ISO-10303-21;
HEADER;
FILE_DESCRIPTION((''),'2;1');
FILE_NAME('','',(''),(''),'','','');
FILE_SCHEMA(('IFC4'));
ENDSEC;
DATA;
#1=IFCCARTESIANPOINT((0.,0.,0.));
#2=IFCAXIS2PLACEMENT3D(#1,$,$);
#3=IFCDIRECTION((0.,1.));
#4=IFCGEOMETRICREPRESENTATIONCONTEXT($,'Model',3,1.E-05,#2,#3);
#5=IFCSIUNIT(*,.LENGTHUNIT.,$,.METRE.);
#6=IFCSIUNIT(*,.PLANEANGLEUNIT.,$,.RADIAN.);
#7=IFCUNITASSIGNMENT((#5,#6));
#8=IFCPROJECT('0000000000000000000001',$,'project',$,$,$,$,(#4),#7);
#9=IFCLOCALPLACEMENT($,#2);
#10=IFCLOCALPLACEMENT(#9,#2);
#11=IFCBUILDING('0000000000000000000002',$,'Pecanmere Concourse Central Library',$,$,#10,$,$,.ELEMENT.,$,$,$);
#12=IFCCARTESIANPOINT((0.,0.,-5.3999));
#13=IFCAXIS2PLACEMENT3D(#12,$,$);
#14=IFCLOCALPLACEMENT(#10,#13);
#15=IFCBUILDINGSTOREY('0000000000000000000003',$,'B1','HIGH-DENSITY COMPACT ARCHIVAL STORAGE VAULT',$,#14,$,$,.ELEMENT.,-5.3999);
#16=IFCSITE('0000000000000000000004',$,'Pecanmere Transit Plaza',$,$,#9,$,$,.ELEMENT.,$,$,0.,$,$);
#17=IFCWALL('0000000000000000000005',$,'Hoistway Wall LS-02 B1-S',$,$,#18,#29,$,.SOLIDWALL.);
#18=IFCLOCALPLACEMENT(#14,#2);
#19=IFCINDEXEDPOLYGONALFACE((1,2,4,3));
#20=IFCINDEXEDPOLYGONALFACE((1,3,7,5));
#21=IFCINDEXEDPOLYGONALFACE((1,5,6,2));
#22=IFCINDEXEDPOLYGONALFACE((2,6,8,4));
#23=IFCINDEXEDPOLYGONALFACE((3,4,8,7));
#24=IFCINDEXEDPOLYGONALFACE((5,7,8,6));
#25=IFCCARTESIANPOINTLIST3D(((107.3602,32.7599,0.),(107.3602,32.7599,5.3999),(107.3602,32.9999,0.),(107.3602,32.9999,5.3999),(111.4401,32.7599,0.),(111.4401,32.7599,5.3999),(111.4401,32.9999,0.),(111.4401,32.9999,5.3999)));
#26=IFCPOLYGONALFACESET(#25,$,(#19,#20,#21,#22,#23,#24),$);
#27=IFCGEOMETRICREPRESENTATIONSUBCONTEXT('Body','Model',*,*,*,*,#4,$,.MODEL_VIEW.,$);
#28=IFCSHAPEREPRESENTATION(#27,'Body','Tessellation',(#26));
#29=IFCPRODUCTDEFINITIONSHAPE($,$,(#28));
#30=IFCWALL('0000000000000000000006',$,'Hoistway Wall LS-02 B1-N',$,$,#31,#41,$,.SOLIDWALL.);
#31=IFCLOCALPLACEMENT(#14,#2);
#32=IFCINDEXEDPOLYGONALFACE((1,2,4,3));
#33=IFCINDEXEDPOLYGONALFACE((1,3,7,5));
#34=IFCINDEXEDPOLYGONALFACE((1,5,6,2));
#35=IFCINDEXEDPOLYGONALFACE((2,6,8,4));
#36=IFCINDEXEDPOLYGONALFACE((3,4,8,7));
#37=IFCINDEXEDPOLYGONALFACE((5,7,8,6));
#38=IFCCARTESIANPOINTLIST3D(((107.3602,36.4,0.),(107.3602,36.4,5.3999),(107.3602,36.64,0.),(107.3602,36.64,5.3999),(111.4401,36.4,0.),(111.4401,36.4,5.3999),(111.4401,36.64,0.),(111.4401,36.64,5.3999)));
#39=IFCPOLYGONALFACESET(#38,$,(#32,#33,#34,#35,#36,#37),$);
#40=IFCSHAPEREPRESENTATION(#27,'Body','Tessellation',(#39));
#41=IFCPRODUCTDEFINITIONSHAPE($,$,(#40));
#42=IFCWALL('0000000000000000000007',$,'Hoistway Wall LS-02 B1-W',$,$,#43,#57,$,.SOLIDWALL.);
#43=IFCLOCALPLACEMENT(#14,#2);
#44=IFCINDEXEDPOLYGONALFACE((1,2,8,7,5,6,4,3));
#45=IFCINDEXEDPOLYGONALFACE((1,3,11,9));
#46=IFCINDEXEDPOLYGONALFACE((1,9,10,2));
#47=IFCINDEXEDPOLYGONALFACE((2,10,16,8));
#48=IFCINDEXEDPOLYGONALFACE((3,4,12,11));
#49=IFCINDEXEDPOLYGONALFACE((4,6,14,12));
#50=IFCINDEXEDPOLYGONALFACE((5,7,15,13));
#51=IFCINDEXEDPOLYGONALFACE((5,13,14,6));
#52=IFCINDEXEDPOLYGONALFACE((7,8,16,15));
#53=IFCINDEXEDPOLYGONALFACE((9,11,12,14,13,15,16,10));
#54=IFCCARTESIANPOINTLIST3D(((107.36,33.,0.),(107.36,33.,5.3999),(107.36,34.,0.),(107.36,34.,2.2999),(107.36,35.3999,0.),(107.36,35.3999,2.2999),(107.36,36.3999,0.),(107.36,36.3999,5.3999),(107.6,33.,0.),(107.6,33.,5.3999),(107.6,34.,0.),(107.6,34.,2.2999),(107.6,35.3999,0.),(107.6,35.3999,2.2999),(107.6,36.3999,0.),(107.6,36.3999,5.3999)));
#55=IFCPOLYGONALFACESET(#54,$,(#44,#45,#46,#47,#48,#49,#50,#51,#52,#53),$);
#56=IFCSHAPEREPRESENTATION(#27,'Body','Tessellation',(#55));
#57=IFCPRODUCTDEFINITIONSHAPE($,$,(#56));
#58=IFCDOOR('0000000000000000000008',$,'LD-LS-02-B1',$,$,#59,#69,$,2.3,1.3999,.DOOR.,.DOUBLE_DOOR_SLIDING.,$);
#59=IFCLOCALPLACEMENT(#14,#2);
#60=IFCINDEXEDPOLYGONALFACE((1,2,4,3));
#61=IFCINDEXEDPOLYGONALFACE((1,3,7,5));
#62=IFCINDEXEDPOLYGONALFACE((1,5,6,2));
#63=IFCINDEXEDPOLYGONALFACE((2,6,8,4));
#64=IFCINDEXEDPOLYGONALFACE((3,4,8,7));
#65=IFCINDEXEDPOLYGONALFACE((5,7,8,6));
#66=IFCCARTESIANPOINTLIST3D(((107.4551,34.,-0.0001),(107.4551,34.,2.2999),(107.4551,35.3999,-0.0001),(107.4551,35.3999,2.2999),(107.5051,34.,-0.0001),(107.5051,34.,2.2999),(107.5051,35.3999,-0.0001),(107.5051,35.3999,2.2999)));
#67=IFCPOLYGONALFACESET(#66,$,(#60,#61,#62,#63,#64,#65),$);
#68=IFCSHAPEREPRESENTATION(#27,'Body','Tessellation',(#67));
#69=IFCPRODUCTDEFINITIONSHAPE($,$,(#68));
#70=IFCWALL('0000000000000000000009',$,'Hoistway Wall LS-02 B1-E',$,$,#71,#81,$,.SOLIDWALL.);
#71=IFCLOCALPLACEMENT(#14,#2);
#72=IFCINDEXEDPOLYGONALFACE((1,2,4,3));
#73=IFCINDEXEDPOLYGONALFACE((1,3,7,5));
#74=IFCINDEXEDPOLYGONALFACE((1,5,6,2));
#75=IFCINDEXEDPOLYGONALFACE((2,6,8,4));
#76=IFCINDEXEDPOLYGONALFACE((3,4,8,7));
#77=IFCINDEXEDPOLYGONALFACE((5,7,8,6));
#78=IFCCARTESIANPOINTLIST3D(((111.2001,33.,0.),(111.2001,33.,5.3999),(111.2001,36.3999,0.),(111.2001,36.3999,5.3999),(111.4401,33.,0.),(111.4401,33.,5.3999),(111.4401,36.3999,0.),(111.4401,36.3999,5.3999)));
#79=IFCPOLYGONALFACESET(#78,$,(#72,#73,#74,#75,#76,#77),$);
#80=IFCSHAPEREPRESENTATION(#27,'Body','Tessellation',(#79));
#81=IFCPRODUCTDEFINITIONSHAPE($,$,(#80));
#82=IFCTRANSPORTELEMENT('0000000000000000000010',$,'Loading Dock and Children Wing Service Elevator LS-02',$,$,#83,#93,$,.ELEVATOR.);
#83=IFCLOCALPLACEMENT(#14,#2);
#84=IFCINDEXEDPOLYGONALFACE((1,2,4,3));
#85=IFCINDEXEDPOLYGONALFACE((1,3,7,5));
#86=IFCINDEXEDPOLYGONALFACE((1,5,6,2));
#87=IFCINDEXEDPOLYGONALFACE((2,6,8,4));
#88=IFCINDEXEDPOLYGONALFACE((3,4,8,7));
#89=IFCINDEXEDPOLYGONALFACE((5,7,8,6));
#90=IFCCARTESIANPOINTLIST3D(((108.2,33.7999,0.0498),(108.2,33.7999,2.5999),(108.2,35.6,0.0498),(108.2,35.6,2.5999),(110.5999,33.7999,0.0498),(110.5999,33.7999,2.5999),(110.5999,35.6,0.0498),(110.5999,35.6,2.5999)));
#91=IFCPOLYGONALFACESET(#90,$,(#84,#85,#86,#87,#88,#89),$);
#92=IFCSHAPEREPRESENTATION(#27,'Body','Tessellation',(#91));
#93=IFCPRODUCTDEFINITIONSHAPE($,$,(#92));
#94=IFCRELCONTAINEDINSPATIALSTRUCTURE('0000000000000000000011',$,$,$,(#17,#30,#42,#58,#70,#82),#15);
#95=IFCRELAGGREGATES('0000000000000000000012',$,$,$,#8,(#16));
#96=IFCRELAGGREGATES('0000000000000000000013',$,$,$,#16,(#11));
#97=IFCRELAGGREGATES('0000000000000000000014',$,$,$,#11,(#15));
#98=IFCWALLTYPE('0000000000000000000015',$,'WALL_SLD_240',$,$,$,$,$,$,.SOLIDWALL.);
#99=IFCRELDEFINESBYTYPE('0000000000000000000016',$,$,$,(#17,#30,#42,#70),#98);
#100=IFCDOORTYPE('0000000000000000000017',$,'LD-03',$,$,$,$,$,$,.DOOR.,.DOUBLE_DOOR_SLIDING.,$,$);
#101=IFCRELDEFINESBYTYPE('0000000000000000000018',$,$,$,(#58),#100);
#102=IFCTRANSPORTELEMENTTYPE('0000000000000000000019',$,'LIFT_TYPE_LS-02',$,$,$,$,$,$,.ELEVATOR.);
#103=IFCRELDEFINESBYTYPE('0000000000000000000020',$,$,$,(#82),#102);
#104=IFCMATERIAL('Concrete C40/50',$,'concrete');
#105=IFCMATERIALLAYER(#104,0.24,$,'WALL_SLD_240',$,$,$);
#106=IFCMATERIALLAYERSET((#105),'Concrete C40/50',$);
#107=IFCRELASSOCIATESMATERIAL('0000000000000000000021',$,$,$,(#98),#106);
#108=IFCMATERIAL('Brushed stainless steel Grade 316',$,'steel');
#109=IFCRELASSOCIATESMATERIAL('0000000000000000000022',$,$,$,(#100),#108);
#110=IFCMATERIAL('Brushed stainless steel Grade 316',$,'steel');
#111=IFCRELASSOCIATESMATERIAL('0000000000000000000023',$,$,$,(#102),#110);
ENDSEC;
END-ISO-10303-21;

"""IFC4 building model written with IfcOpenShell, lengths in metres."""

from ifc_helpers import new_model, si_unit, direction, frame, frame_2d, origin, origin_2d, place, context, subcontext, project, spatial, rectangle, extrude, material, layer, layer_set, type_object, element, fill, save


model = new_model("IFC4")

# Units and contexts
model_context = context("Model", 3, precision=1e-05, world=origin(), true_north=direction((0.0, 1.0)))
body_context = subcontext(model_context, "Body", "Model", "MODEL_VIEW")
ifc_project = project(units=[si_unit("LENGTHUNIT", "METRE"), si_unit("PLANEANGLEUNIT", "RADIAN")], contexts=[model_context])

# Site, building, storey
site_placement = place(None, origin())
site = spatial("IfcSite", under=ifc_project, at=site_placement, Name="Pecanmere Transit Plaza", CompositionType="ELEMENT", RefElevation=0.0)
building_placement = place(site_placement, origin())
building = spatial("IfcBuilding", under=site, at=building_placement, Name="Pecanmere Concourse Central Library", CompositionType="ELEMENT")
storey_placement = place(building_placement, frame((0.0, 0.0, -5.3999)))
storey = spatial("IfcBuildingStorey", under=building, at=storey_placement, Name="B1", Description="HIGH-DENSITY COMPACT ARCHIVAL STORAGE VAULT", CompositionType="ELEMENT", Elevation=-5.3999)

# Walls
ifc_material_1 = material(Name="Concrete C40/50", Category="concrete")
ifc_layer = layer(ifc_material_1, 0.24, Name="WALL_SLD_240")
ifc_layer_set = layer_set([ifc_layer], Name="Concrete C40/50")
wall_type = type_object("IfcWallType", Name="WALL_SLD_240", PredefinedType="SOLIDWALL", material=ifc_layer_set)
for number, where, z_axis, x_axis, name in (
    (1, (107.3601, 32.8799, 0.0), (0.0, 0.0, 1.0), (1.0, 0.0, 0.0), "Hoistway Wall LS-02 B1-S"),
    (2, (107.3601, 36.52, 0.0), (0.0, 0.0, 1.0), (1.0, 0.0, 0.0), "Hoistway Wall LS-02 B1-N"),
):
    element("IfcWall", number, at=place(storey_placement, frame(where, z_axis=z_axis, x_axis=x_axis)), inside=storey, type_object=wall_type, Name=name, PredefinedType="SOLIDWALL", context=body_context, shape_type="SweptSolid", body=[
        extrude(rectangle(XDim=4.0798, YDim=0.24, at=frame_2d((2.04, 0.0))), origin(), (0.0, 0.0, 1.0), 5.3999),
    ])

# Wall, opening, door
wall_1_placement = place(storey_placement, frame((107.48, 33.0, 0.0), z_axis=(0.0, 0.0, 1.0), x_axis=(0.0, 1.0, 0.0)))
wall_1 = element("IfcWall", 3, at=wall_1_placement, inside=storey, type_object=wall_type, Name="Hoistway Wall LS-02 B1-W", PredefinedType="SOLIDWALL", context=body_context, shape_type="SweptSolid", body=[
    extrude(rectangle(XDim=3.3999, YDim=0.24, at=frame_2d((1.7, 0.0))), origin(), (0.0, 0.0, 1.0), 5.3999),
])
opening_placement = place(wall_1_placement, frame((1.0, 0.0, 0.0)))
opening = element("IfcOpeningElement", 4, at=opening_placement, cuts=wall_1, PredefinedType="OPENING", context=body_context, shape_type="SweptSolid", body=[
    extrude(rectangle(XDim=1.3999, YDim=2.3, at=frame_2d((0.7, 1.1499))), frame((0.0, 0.1318, 0.0), z_axis=(0.0, -1.0, 0.0), x_axis=(1.0, 0.0, 0.0)), (0.0, 0.0, 1.0), 0.2639),
])
ifc_material_2 = material(Name="Brushed stainless steel Grade 316", Category="steel")
door_type = type_object("IfcDoorType", Name="LD-03", OperationType="DOUBLE_DOOR_SLIDING", PredefinedType="DOOR", material=ifc_material_2)
door_placement = place(opening_placement, origin())
door = element("IfcDoor", 5, at=door_placement, inside=storey, type_object=door_type, Name="LD-LS-02-B1", OperationType="DOUBLE_DOOR_SLIDING", OverallHeight=2.3, OverallWidth=1.3999, PredefinedType="DOOR", context=body_context, shape_type="SweptSolid", body=[
    extrude(rectangle(XDim=1.3999, YDim=2.3, at=frame_2d((0.7, 1.1499))), frame((0.0, 0.0249, 0.0), z_axis=(0.0, -1.0, 0.0), x_axis=(1.0, 0.0, 0.0)), (0.0, 0.0, 1.0), 0.05),
])
fill(opening, door)

# Wall
wall_2_placement = place(storey_placement, frame((111.3201, 33.0, 0.0), z_axis=(0.0, 0.0, 1.0), x_axis=(0.0, 1.0, 0.0)))
element("IfcWall", 6, at=wall_2_placement, inside=storey, type_object=wall_type, Name="Hoistway Wall LS-02 B1-E", PredefinedType="SOLIDWALL", context=body_context, shape_type="SweptSolid", body=[
    extrude(rectangle(XDim=3.3999, YDim=0.24, at=frame_2d((1.7, 0.0))), origin(), (0.0, 0.0, 1.0), 5.3999),
])

# Transport element
ifc_material_3 = material(Name="Brushed stainless steel Grade 316", Category="steel")
transport_element_type = type_object("IfcTransportElementType", Name="LIFT_TYPE_LS-02", PredefinedType="ELEVATOR", material=ifc_material_3)
transport_element_placement = place(storey_placement, frame((109.3999, 34.7, 0.0498), z_axis=(0.0, 0.0, 1.0), x_axis=(1.0, 0.0, 0.0)))
element("IfcTransportElement", 7, at=transport_element_placement, inside=storey, type_object=transport_element_type, Name="Loading Dock and Children Wing Service Elevator LS-02", PredefinedType="ELEVATOR", context=body_context, shape_type="SweptSolid", body=[
    extrude(rectangle(XDim=2.3999, YDim=1.8, at=origin_2d()), origin(), (0.0, 0.0, 1.0), 2.55),
])

save(model, "model.ifc")
